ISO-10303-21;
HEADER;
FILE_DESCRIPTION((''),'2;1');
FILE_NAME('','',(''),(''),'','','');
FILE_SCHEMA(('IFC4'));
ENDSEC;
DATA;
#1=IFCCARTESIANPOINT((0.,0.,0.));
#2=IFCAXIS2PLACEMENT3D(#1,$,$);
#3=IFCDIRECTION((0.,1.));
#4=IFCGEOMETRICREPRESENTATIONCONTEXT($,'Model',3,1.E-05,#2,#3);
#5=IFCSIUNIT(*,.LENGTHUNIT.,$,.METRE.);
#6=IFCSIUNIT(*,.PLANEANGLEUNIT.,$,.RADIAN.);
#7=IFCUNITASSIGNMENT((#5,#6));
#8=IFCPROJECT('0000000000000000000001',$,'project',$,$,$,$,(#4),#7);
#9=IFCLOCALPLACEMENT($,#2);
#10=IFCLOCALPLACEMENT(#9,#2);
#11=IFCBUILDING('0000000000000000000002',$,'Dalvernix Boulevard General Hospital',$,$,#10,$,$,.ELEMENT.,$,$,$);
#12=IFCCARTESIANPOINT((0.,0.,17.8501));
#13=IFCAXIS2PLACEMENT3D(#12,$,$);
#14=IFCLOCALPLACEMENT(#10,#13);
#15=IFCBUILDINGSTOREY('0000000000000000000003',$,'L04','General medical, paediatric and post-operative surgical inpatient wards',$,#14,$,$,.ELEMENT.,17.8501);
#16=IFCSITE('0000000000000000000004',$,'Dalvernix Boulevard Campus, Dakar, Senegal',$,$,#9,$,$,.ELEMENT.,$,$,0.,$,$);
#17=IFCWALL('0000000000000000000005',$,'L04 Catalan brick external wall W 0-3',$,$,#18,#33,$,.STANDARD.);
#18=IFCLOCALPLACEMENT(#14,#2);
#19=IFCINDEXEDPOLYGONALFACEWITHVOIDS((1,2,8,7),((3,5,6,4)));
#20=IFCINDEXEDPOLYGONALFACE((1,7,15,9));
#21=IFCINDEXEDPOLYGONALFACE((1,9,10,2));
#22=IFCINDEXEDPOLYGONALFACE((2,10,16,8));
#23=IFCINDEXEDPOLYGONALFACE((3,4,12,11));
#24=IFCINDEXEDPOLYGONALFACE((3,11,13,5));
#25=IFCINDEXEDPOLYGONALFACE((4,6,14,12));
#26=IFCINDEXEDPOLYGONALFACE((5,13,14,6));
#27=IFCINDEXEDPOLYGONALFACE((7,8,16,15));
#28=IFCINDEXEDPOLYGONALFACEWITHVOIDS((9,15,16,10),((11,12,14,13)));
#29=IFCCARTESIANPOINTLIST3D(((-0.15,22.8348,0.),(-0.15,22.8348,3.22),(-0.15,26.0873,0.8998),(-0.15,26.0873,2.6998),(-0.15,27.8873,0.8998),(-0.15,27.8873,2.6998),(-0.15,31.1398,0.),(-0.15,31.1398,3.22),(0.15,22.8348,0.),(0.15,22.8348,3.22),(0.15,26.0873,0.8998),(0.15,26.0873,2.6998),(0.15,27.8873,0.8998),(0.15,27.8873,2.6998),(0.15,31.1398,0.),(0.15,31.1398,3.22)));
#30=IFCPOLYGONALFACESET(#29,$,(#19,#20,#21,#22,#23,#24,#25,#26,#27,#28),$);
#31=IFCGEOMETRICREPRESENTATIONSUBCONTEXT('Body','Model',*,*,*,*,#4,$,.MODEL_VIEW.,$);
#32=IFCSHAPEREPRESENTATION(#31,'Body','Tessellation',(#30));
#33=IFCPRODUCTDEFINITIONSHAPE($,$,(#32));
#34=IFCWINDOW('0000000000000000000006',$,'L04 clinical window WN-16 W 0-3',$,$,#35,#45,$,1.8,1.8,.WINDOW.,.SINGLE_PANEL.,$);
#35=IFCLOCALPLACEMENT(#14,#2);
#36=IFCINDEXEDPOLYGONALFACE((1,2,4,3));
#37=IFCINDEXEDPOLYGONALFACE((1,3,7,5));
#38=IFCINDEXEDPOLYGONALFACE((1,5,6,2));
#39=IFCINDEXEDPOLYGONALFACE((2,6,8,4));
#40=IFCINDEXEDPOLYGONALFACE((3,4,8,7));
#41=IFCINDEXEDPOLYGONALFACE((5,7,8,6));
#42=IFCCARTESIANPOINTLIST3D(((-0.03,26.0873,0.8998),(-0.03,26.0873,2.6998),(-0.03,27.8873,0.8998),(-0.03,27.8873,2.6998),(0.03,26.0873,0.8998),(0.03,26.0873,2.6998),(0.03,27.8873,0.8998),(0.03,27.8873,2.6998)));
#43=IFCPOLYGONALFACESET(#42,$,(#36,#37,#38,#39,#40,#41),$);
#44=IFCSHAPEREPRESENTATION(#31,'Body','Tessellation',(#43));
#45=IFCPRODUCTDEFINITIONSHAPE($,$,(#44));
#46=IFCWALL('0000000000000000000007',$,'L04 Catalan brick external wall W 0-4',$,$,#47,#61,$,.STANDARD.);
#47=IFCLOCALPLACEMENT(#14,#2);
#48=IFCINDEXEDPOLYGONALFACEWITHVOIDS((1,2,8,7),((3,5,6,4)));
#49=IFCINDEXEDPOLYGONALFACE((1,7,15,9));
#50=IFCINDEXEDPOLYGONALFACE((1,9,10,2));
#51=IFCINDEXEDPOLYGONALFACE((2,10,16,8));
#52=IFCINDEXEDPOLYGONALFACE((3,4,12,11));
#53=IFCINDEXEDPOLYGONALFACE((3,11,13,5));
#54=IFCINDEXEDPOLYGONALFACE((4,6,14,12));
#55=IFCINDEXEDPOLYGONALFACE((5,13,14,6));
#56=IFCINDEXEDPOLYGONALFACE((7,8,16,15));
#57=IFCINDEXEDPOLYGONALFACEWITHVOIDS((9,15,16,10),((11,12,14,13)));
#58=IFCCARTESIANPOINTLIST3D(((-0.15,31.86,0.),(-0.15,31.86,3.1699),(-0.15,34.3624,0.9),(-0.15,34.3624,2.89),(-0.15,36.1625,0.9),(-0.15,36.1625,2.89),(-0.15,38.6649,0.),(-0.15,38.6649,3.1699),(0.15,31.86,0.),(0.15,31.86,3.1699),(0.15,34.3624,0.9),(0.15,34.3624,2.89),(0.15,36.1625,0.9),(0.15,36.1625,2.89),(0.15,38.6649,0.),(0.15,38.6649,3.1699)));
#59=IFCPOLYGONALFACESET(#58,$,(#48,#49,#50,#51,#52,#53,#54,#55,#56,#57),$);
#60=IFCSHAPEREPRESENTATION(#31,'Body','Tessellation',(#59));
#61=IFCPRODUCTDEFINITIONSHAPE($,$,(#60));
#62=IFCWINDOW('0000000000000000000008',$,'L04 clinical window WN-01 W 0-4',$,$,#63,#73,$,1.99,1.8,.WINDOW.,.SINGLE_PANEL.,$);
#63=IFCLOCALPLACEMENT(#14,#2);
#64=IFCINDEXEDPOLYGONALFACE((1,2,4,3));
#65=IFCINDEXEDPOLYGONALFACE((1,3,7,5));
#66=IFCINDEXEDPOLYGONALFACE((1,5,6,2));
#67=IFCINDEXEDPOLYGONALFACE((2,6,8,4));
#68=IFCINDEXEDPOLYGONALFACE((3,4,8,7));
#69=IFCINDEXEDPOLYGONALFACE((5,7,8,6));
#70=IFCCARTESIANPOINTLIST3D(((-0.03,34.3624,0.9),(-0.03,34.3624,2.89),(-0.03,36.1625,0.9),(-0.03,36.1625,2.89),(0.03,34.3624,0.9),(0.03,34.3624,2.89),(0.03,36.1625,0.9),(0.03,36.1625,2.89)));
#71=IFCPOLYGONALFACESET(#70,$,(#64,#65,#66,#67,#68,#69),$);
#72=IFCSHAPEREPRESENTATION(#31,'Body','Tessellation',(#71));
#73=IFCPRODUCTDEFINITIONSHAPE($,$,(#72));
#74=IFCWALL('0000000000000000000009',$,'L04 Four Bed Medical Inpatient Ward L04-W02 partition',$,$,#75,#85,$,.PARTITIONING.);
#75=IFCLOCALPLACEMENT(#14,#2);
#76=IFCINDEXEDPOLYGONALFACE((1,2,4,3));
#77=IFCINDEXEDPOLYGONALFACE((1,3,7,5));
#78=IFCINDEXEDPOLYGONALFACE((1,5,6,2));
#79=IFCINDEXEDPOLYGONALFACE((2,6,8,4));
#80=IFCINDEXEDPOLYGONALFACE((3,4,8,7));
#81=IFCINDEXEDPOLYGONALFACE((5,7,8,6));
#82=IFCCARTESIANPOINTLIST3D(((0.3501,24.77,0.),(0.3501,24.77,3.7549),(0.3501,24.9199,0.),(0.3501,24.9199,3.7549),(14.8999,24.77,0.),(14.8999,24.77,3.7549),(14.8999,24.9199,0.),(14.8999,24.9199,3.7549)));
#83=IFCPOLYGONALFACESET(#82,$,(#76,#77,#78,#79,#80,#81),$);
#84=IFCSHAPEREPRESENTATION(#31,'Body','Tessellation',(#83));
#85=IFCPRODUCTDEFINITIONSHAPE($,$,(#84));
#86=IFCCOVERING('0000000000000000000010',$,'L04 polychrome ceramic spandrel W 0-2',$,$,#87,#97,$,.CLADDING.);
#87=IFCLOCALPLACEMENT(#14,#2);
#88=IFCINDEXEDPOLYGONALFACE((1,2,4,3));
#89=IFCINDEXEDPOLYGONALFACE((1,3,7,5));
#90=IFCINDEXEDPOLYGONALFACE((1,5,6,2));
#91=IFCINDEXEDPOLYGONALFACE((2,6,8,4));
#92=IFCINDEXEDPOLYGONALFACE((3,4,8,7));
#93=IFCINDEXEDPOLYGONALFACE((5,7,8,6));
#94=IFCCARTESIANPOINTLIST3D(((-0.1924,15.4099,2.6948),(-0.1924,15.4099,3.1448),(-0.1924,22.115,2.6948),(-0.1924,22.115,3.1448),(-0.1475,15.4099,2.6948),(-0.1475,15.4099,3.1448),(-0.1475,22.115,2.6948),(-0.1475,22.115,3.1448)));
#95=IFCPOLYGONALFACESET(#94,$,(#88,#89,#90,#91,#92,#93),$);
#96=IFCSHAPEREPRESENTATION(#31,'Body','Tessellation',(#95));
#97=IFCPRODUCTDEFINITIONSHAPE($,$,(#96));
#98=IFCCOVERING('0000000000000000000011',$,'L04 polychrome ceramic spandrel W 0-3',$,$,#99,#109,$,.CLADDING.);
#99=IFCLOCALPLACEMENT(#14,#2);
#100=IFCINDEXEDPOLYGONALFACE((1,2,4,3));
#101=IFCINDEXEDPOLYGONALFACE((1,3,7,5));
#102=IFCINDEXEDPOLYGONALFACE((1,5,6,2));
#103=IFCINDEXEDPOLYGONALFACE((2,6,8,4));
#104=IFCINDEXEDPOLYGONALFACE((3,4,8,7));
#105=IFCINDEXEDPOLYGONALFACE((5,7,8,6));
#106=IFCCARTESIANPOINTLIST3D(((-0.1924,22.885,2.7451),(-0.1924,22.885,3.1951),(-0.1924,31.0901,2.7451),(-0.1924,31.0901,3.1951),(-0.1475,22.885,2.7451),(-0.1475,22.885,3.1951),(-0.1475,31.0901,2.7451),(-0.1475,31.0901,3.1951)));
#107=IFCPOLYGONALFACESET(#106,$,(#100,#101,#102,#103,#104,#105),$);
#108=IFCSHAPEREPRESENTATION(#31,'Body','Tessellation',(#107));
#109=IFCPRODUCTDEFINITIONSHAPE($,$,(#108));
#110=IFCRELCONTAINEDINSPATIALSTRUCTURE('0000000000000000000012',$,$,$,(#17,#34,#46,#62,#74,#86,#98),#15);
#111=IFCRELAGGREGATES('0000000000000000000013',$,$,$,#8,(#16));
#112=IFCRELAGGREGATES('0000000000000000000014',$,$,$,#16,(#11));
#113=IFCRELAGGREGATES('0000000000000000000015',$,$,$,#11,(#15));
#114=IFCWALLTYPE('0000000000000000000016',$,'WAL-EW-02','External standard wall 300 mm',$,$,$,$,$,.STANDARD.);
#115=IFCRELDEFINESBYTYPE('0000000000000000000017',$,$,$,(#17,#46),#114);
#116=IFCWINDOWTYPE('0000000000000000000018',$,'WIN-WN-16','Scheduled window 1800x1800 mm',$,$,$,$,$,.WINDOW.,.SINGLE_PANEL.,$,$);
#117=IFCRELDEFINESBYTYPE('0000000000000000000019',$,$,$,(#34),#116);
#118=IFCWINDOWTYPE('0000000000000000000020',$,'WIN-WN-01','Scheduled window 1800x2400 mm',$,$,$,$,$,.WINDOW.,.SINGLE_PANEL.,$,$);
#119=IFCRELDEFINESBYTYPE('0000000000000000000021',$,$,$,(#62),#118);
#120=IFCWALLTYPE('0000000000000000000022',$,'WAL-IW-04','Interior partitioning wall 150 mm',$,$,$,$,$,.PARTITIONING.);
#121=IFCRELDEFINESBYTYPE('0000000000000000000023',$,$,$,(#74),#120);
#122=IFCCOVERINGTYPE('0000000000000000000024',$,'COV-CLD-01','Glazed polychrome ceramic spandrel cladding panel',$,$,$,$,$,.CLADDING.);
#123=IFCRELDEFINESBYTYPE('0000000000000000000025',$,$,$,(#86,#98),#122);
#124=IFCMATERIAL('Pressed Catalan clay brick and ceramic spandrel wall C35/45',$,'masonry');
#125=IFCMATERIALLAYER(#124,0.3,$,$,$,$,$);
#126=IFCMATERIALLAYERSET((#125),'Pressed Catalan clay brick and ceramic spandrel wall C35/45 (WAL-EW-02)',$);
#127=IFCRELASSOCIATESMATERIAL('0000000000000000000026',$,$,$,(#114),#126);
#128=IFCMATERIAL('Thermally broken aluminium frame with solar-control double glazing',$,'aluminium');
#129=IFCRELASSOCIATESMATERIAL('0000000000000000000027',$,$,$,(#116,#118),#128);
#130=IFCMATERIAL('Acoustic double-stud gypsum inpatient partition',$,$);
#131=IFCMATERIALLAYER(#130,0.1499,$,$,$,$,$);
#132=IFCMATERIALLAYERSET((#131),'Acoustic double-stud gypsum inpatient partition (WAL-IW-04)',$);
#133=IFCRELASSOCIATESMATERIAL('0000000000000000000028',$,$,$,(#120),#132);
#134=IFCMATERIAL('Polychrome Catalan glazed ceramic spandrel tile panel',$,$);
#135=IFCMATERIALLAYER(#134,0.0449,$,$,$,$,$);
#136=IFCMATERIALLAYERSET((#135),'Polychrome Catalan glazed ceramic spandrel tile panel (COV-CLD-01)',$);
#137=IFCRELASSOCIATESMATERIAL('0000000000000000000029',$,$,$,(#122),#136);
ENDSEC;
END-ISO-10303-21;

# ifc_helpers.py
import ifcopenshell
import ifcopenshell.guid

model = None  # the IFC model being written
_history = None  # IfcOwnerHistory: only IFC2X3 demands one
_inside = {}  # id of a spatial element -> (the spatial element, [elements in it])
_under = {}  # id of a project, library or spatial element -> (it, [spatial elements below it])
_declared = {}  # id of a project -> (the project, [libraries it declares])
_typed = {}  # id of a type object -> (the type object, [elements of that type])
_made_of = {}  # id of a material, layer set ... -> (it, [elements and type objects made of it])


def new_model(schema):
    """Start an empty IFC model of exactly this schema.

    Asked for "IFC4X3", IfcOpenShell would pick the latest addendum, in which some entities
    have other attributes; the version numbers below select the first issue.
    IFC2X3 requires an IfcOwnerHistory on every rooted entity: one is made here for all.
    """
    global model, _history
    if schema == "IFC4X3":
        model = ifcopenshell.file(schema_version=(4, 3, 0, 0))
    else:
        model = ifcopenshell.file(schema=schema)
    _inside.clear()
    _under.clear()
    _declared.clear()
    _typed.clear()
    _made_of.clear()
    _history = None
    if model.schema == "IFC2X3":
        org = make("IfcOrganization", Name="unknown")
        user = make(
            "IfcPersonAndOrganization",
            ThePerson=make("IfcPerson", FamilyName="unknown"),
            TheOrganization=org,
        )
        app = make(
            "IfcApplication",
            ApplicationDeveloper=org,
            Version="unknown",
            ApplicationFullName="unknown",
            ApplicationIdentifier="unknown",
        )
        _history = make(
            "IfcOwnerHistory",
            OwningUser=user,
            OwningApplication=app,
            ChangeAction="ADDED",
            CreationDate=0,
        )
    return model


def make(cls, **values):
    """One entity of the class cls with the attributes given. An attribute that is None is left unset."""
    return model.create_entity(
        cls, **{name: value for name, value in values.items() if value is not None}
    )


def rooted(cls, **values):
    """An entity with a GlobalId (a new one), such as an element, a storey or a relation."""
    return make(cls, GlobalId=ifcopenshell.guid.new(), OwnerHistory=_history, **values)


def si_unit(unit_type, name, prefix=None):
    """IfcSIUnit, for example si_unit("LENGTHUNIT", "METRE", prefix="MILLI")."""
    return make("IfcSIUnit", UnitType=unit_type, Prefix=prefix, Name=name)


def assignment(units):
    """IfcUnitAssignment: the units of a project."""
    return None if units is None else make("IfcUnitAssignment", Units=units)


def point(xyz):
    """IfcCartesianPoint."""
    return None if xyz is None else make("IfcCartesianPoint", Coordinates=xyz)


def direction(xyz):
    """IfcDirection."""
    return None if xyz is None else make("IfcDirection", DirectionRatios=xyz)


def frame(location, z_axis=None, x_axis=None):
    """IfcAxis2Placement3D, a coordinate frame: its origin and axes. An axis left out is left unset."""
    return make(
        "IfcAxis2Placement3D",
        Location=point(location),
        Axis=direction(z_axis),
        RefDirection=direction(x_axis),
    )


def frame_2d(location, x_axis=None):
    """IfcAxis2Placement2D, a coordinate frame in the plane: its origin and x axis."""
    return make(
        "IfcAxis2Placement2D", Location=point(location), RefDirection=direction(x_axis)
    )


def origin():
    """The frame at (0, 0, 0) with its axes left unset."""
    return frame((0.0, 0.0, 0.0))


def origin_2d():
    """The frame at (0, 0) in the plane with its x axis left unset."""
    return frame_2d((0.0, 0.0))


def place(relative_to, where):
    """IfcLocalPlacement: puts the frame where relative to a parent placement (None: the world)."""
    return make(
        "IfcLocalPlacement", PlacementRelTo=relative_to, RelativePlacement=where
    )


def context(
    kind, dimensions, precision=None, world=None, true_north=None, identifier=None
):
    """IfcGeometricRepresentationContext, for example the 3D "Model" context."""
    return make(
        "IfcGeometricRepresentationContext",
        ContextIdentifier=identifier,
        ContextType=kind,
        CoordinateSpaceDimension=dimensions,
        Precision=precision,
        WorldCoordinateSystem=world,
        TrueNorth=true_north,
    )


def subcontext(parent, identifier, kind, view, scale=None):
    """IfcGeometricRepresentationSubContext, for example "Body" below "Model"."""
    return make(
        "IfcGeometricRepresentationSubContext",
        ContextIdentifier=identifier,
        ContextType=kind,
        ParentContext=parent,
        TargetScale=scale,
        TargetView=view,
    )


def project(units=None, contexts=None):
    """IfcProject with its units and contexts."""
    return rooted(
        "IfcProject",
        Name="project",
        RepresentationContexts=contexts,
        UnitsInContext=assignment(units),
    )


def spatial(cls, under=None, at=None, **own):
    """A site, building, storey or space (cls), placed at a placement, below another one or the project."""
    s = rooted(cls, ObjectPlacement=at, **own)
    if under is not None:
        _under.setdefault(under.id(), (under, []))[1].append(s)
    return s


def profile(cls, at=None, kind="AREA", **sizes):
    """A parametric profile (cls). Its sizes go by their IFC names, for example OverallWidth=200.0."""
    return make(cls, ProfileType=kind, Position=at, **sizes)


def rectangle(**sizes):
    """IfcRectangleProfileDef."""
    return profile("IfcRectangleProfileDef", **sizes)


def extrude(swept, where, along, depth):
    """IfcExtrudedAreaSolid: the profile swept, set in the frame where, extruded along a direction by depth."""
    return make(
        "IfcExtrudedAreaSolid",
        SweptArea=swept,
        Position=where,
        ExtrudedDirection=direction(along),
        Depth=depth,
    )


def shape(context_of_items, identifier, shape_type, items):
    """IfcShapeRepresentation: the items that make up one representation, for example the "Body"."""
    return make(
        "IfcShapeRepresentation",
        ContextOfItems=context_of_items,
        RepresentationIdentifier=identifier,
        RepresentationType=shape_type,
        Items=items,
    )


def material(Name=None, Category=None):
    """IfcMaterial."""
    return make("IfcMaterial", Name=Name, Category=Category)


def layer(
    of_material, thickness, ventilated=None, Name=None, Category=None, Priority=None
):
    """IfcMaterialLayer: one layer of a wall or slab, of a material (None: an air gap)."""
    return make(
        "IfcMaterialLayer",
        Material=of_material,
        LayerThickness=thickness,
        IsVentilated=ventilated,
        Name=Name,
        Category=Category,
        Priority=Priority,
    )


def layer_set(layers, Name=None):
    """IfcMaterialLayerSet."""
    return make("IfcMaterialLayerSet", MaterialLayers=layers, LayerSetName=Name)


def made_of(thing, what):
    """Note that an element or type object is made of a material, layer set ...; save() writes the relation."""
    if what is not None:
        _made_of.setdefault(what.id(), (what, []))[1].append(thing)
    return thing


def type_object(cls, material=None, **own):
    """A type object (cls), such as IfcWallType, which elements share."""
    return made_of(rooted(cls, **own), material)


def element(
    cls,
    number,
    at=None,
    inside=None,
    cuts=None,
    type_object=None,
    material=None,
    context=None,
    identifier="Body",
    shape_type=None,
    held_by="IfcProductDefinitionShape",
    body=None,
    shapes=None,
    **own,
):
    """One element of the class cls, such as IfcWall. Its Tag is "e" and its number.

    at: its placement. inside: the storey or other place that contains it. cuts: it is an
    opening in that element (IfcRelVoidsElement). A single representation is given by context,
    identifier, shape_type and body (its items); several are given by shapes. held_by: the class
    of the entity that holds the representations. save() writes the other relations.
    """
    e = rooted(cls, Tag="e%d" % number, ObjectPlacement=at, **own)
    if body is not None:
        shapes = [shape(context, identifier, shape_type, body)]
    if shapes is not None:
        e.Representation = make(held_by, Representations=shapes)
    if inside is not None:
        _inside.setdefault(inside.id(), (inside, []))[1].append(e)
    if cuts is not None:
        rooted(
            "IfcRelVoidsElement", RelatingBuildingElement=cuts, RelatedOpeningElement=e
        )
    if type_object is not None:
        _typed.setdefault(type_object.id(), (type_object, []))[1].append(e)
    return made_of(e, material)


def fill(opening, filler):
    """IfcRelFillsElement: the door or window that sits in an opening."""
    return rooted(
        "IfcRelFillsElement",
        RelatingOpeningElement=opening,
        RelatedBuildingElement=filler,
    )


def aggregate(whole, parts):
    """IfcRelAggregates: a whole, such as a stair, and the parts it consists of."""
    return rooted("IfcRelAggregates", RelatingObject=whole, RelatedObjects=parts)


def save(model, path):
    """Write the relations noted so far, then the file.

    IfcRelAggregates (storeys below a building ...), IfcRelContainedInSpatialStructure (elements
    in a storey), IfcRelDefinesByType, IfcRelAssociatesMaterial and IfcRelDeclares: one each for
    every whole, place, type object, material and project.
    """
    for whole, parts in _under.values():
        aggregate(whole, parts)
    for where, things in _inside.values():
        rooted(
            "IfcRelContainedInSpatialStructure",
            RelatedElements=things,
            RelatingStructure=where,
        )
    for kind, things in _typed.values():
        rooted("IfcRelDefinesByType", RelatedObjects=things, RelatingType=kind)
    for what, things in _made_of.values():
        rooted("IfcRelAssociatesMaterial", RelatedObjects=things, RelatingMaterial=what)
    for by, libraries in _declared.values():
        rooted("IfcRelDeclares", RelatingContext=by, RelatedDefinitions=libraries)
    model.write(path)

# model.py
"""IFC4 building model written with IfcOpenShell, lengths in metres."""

from ifc_helpers import new_model, si_unit, direction, frame, frame_2d, origin, origin_2d, place, context, subcontext, project, spatial, rectangle, extrude, material, layer, layer_set, type_object, element, fill, save


model = new_model("IFC4")

# Units and contexts
model_context = context("Model", 3, precision=1e-05, world=origin(), true_north=direction((0.0, 1.0)))
body_context = subcontext(model_context, "Body", "Model", "MODEL_VIEW")
ifc_project = project(units=[si_unit("LENGTHUNIT", "METRE"), si_unit("PLANEANGLEUNIT", "RADIAN")], contexts=[model_context])

# Site, building, storey
site_placement = place(None, origin())
site = spatial("IfcSite", under=ifc_project, at=site_placement, Name="Dalvernix Boulevard Campus, Dakar, Senegal", CompositionType="ELEMENT", RefElevation=0.0)
building_placement = place(site_placement, origin())
building = spatial("IfcBuilding", under=site, at=building_placement, Name="Dalvernix Boulevard General Hospital", CompositionType="ELEMENT")
storey_placement = place(building_placement, frame((0.0, 0.0, 17.8501)))
storey = spatial("IfcBuildingStorey", under=building, at=storey_placement, Name="L04", Description="General medical, paediatric and post-operative surgical inpatient wards", CompositionType="ELEMENT", Elevation=17.8501)

# Walls, openings, windows
ifc_material_1 = material(Name="Pressed Catalan clay brick and ceramic spandrel wall C35/45", Category="masonry")
ifc_layer_1 = layer(ifc_material_1, 0.3)
ifc_layer_set_1 = layer_set([ifc_layer_1], Name="Pressed Catalan clay brick and ceramic spandrel wall C35/45 (WAL-EW-02)")
wall_type_1 = type_object("IfcWallType", Name="WAL-EW-02", Description="External standard wall 300 mm", PredefinedType="STANDARD", material=ifc_layer_set_1)
wall_1_placement = place(storey_placement, frame((0.0, 22.835, 0.0), z_axis=(0.0, 0.0, 1.0), x_axis=(0.0, 1.0, 0.0)))
wall_1 = element("IfcWall", 1, at=wall_1_placement, inside=storey, type_object=wall_type_1, Name="L04 Catalan brick external wall W 0-3", PredefinedType="STANDARD", context=body_context, shape_type="SweptSolid", body=[
    extrude(rectangle(XDim=8.3049, YDim=0.3, at=frame_2d((4.1523, 0.0))), origin(), (0.0, 0.0, 1.0), 3.22),
])
opening_1_placement = place(wall_1_placement, frame((3.2524, 0.0, 0.8999)))
opening_1 = element("IfcOpeningElement", 2, at=opening_1_placement, cuts=wall_1, PredefinedType="OPENING", context=body_context, shape_type="SweptSolid", body=[
    extrude(rectangle(XDim=1.8, YDim=1.8, at=frame_2d((0.8999, 0.8999))), frame((0.0, 0.1599, 0.0), z_axis=(0.0, -1.0, 0.0), x_axis=(1.0, 0.0, 0.0)), (0.0, 0.0, 1.0), 0.3201),
])
ifc_material_2 = material(Name="Thermally broken aluminium frame with solar-control double glazing", Category="aluminium")
window_type_1 = type_object("IfcWindowType", Name="WIN-WN-16", Description="Scheduled window 1800x1800 mm", PartitioningType="SINGLE_PANEL", PredefinedType="WINDOW", material=ifc_material_2)
window_1_placement = place(opening_1_placement, origin())
window_1 = element("IfcWindow", 3, at=window_1_placement, inside=storey, type_object=window_type_1, Name="L04 clinical window WN-16 W 0-3", OverallHeight=1.8, OverallWidth=1.8, PartitioningType="SINGLE_PANEL", PredefinedType="WINDOW", context=body_context, shape_type="SweptSolid", body=[
    extrude(rectangle(XDim=1.8, YDim=1.8, at=frame_2d((0.8999, 0.8999))), frame((0.0, 0.03, 0.0), z_axis=(0.0, -1.0, 0.0), x_axis=(1.0, 0.0, 0.0)), (0.0, 0.0, 1.0), 0.0601),
])
fill(opening_1, window_1)
wall_2_placement = place(storey_placement, frame((0.0, 31.8601, 0.0), z_axis=(0.0, 0.0, 1.0), x_axis=(0.0, 1.0, 0.0)))
wall_2 = element("IfcWall", 4, at=wall_2_placement, inside=storey, type_object=wall_type_1, Name="L04 Catalan brick external wall W 0-4", PredefinedType="STANDARD", context=body_context, shape_type="SweptSolid", body=[
    extrude(rectangle(XDim=6.8049, YDim=0.3, at=frame_2d((3.4023, 0.0))), origin(), (0.0, 0.0, 1.0), 3.1699),
])
opening_2_placement = place(wall_2_placement, frame((2.5024, 0.0, 0.8999)))
opening_2 = element("IfcOpeningElement", 5, at=opening_2_placement, cuts=wall_2, PredefinedType="OPENING", context=body_context, shape_type="SweptSolid", body=[
    extrude(rectangle(XDim=1.8, YDim=1.99, at=frame_2d((0.8999, 0.9951))), frame((0.0, 0.1599, 0.0), z_axis=(0.0, -1.0, 0.0), x_axis=(1.0, 0.0, 0.0)), (0.0, 0.0, 1.0), 0.3201),
])
window_type_2 = type_object("IfcWindowType", Name="WIN-WN-01", Description="Scheduled window 1800x2400 mm", PartitioningType="SINGLE_PANEL", PredefinedType="WINDOW", material=ifc_material_2)
window_2_placement = place(opening_2_placement, origin())
window_2 = element("IfcWindow", 6, at=window_2_placement, inside=storey, type_object=window_type_2, Name="L04 clinical window WN-01 W 0-4", OverallHeight=1.99, OverallWidth=1.8, PartitioningType="SINGLE_PANEL", PredefinedType="WINDOW", context=body_context, shape_type="SweptSolid", body=[
    extrude(rectangle(XDim=1.8, YDim=1.99, at=frame_2d((0.8999, 0.9951))), frame((0.0, 0.03, 0.0), z_axis=(0.0, -1.0, 0.0), x_axis=(1.0, 0.0, 0.0)), (0.0, 0.0, 1.0), 0.0601),
])
fill(opening_2, window_2)

# Wall
ifc_material_3 = material(Name="Acoustic double-stud gypsum inpatient partition")
ifc_layer_2 = layer(ifc_material_3, 0.1499)
ifc_layer_set_2 = layer_set([ifc_layer_2], Name="Acoustic double-stud gypsum inpatient partition (WAL-IW-04)")
wall_type_2 = type_object("IfcWallType", Name="WAL-IW-04", Description="Interior partitioning wall 150 mm", PredefinedType="PARTITIONING", material=ifc_layer_set_2)
wall_3_placement = place(storey_placement, frame((0.3501, 24.845, 0.0), z_axis=(0.0, 0.0, 1.0), x_axis=(1.0, 0.0, 0.0)))
element("IfcWall", 7, at=wall_3_placement, inside=storey, type_object=wall_type_2, Name="L04 Four Bed Medical Inpatient Ward L04-W02 partition", PredefinedType="PARTITIONING", context=body_context, shape_type="SweptSolid", body=[
    extrude(rectangle(XDim=14.5498, YDim=0.1499, at=frame_2d((7.2749, 0.0))), origin(), (0.0, 0.0, 1.0), 3.7549),
])

# Coverings
ifc_material_4 = material(Name="Polychrome Catalan glazed ceramic spandrel tile panel")
ifc_layer_3 = layer(ifc_material_4, 0.0449)
ifc_layer_set_3 = layer_set([ifc_layer_3], Name="Polychrome Catalan glazed ceramic spandrel tile panel (COV-CLD-01)")
covering_type = type_object("IfcCoveringType", Name="COV-CLD-01", Description="Glazed polychrome ceramic spandrel cladding panel", PredefinedType="CLADDING", material=ifc_layer_set_3)
covering_1_placement = place(storey_placement, frame((-0.1699, 18.7625, 2.6948), z_axis=(0.0, 0.0, 1.0), x_axis=(0.0, 1.0, 0.0)))
element("IfcCovering", 8, at=covering_1_placement, inside=storey, type_object=covering_type, Name="L04 polychrome ceramic spandrel W 0-2", PredefinedType="CLADDING", context=body_context, shape_type="SweptSolid", body=[
    extrude(rectangle(XDim=6.7051, YDim=0.0449, at=origin_2d()), origin(), (0.0, 0.0, 1.0), 0.45),
])
covering_2_placement = place(storey_placement, frame((-0.1699, 26.9875, 2.7451), z_axis=(0.0, 0.0, 1.0), x_axis=(0.0, 1.0, 0.0)))
element("IfcCovering", 9, at=covering_2_placement, inside=storey, type_object=covering_type, Name="L04 polychrome ceramic spandrel W 0-3", PredefinedType="CLADDING", context=body_context, shape_type="SweptSolid", body=[
    extrude(rectangle(XDim=8.2051, YDim=0.0449, at=origin_2d()), origin(), (0.0, 0.0, 1.0), 0.45),
])

save(model, "model.ifc")
